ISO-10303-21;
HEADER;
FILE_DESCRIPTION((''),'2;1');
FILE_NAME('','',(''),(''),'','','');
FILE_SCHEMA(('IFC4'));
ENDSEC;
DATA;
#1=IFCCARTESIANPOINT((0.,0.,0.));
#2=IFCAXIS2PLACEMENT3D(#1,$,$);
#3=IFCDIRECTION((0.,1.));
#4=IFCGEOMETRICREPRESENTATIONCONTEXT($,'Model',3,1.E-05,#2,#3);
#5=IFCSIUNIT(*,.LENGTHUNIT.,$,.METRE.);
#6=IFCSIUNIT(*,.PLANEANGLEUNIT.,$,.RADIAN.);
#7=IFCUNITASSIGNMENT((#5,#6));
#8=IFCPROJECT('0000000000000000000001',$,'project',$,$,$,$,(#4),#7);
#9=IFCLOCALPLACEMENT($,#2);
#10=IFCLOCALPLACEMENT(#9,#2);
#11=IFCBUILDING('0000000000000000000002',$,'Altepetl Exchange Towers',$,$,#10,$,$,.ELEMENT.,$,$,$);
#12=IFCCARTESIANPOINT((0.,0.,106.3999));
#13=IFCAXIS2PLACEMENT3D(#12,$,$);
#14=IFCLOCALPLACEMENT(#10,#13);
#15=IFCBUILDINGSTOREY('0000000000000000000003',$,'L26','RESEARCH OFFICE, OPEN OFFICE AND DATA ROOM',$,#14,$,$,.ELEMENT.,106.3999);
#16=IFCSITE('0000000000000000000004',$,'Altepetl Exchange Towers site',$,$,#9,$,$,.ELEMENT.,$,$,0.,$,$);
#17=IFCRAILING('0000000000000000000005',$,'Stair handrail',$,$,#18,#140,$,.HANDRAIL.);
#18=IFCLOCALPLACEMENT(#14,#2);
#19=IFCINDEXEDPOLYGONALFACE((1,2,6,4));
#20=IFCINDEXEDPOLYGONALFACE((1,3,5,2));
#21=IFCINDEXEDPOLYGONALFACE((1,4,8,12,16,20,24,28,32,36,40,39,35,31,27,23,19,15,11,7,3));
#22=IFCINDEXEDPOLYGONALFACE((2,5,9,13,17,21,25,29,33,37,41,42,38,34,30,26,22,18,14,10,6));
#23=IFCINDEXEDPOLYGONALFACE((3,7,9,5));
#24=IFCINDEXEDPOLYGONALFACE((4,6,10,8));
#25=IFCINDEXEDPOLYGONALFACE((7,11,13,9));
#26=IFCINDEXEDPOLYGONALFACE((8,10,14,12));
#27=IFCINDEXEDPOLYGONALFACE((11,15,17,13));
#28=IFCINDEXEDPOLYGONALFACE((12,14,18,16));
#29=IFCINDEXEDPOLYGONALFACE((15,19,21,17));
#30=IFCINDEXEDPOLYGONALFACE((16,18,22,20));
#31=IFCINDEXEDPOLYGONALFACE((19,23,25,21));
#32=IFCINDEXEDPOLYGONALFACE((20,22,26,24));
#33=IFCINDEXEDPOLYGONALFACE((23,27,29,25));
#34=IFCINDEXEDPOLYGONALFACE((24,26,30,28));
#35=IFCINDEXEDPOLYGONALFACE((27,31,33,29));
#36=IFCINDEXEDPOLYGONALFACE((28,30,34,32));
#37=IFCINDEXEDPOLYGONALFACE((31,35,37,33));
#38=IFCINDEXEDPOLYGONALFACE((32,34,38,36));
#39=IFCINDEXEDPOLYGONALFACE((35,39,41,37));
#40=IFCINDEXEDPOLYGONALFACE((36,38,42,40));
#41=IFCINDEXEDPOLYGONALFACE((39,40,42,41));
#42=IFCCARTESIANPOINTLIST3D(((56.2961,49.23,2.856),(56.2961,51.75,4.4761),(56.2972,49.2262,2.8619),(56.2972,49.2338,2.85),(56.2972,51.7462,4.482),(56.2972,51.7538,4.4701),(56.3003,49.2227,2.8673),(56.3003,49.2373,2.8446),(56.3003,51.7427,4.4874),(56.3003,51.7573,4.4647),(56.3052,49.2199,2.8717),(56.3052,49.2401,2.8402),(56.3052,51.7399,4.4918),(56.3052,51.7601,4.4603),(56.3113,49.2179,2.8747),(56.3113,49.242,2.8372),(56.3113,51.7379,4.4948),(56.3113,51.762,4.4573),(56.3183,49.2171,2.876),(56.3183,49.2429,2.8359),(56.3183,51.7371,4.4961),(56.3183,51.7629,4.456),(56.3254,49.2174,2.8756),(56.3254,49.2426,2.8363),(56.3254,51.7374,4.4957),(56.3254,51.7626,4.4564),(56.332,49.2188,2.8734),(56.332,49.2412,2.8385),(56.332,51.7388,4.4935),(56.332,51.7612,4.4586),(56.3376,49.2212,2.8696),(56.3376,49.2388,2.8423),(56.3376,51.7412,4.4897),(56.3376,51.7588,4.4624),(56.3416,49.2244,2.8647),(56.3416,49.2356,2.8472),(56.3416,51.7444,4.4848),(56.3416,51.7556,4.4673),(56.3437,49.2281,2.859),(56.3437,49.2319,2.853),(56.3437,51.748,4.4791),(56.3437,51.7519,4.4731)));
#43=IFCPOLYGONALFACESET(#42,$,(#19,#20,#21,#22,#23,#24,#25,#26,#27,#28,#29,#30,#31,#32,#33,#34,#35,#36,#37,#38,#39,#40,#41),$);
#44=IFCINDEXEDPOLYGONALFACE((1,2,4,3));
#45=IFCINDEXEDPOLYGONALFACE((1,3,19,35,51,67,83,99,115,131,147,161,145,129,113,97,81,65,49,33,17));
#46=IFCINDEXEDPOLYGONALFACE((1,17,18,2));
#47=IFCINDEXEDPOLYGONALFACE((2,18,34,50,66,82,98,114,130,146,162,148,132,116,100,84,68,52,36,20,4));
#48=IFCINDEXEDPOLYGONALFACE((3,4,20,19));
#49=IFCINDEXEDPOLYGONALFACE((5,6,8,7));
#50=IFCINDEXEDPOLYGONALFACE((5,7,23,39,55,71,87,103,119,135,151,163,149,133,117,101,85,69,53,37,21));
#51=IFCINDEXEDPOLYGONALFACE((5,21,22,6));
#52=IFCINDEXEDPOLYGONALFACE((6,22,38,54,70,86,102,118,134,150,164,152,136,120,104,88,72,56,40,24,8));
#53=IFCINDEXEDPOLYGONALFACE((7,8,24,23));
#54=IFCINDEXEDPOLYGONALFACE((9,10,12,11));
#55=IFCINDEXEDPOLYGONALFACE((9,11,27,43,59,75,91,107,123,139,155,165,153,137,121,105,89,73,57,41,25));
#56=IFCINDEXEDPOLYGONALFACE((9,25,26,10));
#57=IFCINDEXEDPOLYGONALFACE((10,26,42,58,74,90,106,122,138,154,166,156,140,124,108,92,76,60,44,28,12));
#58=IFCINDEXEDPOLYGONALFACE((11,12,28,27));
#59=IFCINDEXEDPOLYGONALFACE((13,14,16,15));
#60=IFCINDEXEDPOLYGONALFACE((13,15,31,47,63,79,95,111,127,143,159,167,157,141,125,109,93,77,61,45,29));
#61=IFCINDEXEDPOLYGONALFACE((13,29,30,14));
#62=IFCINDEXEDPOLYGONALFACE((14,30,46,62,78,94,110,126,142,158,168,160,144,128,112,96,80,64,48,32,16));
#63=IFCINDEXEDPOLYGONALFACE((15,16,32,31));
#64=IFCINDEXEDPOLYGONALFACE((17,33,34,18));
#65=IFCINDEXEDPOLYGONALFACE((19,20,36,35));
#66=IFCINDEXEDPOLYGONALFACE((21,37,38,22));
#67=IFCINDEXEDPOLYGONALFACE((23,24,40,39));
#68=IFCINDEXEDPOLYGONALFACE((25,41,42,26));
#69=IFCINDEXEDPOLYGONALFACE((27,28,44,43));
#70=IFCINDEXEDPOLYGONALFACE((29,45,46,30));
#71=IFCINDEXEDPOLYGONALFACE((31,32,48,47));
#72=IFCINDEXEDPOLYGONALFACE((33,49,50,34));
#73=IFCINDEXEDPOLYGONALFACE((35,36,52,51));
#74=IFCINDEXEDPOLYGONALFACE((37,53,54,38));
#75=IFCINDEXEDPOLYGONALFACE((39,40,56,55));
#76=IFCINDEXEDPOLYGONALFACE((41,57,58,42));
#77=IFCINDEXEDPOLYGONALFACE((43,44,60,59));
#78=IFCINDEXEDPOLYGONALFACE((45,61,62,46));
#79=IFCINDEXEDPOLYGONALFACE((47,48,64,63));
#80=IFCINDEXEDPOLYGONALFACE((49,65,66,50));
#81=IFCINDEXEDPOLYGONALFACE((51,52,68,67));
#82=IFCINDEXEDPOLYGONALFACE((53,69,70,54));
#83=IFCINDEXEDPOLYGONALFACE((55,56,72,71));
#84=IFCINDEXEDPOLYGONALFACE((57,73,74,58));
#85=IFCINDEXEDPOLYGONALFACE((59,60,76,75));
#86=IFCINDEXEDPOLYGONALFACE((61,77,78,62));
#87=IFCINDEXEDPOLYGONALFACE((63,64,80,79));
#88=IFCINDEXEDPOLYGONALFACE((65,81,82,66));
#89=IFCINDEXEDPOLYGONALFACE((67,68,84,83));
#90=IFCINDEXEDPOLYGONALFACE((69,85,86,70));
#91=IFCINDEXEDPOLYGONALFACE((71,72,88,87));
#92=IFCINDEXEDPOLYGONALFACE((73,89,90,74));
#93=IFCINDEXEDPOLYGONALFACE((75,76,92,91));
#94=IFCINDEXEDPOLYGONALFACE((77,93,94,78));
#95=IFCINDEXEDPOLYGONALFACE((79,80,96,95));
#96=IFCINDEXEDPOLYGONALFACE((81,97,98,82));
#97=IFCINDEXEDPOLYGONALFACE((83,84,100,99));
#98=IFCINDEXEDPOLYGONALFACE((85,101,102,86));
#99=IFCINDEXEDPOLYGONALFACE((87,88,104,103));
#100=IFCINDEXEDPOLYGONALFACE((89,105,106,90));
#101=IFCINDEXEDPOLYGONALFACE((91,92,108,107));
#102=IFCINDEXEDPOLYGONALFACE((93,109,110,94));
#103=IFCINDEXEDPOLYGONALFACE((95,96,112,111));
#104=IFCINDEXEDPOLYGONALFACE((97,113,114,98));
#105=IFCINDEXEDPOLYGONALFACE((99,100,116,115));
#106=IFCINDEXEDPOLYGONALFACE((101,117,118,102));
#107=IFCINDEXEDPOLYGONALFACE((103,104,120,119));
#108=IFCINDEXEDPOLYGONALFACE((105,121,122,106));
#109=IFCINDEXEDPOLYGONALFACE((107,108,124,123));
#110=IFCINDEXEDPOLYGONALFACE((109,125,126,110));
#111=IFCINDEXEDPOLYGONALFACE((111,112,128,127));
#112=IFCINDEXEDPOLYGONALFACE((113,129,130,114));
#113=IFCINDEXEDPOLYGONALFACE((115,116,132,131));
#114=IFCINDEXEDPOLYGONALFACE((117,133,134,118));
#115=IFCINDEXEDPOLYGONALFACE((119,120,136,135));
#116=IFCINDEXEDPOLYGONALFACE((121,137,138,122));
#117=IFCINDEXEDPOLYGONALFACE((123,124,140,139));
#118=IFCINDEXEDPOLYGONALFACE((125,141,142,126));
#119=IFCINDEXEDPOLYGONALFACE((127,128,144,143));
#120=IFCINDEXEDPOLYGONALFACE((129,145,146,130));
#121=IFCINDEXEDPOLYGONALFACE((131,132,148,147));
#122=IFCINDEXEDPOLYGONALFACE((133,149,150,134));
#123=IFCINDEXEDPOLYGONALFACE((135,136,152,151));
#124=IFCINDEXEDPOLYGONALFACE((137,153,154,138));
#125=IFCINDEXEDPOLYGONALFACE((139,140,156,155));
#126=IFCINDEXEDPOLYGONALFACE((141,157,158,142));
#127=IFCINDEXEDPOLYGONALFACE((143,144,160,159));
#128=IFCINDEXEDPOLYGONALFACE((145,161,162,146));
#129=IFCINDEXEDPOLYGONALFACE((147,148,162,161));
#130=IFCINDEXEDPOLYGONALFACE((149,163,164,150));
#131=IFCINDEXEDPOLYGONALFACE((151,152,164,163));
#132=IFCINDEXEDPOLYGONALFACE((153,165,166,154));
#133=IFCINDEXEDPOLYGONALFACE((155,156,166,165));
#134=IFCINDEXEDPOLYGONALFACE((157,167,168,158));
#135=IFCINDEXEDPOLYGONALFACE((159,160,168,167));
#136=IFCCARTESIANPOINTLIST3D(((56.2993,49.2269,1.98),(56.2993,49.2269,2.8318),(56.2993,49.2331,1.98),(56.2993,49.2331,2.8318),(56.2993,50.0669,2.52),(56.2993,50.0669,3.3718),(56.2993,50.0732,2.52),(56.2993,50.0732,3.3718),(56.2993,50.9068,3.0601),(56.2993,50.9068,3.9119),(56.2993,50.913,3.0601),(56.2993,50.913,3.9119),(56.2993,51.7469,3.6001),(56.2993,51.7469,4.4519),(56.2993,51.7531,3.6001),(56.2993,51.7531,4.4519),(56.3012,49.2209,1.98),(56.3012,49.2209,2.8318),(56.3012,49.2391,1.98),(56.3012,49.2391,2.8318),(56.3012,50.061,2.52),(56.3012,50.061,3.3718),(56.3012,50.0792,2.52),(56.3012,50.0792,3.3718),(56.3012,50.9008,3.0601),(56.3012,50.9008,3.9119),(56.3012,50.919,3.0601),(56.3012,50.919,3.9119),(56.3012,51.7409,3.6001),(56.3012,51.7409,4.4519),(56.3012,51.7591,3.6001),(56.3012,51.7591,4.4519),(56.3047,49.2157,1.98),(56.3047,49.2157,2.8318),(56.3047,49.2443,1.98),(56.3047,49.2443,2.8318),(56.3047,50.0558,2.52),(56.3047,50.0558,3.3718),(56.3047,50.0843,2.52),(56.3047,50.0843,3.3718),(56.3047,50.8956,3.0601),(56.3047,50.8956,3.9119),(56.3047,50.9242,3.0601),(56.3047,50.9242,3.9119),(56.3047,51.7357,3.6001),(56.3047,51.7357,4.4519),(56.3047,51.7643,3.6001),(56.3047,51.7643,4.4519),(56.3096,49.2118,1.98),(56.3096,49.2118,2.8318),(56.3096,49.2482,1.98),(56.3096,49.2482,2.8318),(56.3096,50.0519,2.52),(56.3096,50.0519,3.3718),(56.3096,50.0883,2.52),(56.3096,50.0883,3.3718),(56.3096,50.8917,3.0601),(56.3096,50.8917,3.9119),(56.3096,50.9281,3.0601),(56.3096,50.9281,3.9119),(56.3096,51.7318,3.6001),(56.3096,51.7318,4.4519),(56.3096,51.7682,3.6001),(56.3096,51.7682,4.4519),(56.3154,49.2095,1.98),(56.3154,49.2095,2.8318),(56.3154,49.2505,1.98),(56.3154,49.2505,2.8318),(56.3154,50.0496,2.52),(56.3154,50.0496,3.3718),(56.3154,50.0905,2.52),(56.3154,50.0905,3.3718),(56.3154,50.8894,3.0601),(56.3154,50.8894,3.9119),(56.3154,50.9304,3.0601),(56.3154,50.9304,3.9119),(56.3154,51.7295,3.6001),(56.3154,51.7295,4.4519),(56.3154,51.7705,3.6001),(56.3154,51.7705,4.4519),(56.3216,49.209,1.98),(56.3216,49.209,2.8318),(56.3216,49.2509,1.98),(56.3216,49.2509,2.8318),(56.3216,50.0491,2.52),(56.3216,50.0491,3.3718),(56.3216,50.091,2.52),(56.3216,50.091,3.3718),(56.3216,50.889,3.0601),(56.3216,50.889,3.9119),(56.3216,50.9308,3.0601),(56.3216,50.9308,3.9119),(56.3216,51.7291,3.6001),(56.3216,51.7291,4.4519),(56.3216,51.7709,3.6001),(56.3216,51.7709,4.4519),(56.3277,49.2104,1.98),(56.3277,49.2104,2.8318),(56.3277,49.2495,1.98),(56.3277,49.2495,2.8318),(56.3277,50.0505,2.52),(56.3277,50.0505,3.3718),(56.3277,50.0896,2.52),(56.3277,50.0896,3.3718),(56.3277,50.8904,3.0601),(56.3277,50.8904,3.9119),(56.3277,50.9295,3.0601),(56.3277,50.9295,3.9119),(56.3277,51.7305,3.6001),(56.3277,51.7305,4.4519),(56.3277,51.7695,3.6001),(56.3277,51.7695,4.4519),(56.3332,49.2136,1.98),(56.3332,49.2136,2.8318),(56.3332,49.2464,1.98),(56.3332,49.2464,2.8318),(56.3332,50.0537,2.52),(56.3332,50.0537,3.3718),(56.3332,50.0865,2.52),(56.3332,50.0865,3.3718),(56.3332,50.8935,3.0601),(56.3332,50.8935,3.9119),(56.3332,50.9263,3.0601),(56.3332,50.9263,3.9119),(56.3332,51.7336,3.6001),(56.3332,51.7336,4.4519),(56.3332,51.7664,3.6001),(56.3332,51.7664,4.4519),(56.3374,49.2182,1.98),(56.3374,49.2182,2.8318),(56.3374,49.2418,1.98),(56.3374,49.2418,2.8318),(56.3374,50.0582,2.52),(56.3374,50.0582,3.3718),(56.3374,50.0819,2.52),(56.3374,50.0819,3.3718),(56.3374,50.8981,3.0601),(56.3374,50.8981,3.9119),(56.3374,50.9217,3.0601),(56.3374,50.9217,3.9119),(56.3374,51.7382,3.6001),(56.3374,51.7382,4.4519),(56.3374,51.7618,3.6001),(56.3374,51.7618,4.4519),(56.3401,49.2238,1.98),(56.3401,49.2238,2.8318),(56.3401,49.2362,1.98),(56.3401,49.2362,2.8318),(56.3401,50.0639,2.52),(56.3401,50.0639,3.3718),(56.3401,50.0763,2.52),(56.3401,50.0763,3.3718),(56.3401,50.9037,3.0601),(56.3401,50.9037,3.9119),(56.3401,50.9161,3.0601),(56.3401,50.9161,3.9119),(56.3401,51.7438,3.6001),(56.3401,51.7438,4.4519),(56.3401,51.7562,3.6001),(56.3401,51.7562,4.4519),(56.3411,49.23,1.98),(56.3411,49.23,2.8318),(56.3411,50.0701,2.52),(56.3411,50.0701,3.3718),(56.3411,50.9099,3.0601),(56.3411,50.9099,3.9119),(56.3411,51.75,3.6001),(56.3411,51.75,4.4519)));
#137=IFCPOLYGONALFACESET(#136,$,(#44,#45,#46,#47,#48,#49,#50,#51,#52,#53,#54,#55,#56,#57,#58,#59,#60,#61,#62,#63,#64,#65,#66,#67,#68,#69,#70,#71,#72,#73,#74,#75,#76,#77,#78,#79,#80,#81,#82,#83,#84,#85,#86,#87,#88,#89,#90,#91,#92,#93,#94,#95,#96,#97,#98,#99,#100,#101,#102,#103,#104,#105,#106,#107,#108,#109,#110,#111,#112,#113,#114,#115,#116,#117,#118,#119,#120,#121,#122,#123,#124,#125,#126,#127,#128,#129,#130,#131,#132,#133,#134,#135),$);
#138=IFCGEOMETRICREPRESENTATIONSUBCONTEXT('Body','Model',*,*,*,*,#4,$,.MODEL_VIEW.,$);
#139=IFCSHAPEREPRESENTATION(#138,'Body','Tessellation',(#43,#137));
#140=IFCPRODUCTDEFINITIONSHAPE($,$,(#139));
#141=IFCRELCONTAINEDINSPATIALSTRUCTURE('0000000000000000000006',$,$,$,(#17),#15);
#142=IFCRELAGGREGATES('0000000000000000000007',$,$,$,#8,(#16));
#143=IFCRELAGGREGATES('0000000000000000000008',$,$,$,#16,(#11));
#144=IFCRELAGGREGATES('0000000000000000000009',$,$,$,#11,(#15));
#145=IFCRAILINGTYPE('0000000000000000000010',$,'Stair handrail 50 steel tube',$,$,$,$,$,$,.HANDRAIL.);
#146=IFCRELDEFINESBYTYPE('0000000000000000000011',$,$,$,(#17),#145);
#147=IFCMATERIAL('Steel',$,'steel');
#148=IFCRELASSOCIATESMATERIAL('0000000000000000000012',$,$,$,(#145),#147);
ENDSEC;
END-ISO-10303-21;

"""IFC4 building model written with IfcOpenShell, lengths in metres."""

from ifc_helpers import new_model, si_unit, direction, frame, origin, origin_2d, place, context, subcontext, project, spatial, circle, extrude, source, transform, mapped, material, type_object, element, save


model = new_model("IFC4")

# Units and contexts
model_context = context("Model", 3, precision=1e-05, world=origin(), true_north=direction((0.0, 1.0)))
body_context = subcontext(model_context, "Body", "Model", "MODEL_VIEW")
ifc_project = project(units=[si_unit("LENGTHUNIT", "METRE"), si_unit("PLANEANGLEUNIT", "RADIAN")], contexts=[model_context])

# Site, building, storey
site_placement = place(None, origin())
site = spatial("IfcSite", under=ifc_project, at=site_placement, Name="Altepetl Exchange Towers site", CompositionType="ELEMENT", RefElevation=0.0)
building_placement = place(site_placement, origin())
building = spatial("IfcBuilding", under=site, at=building_placement, Name="Altepetl Exchange Towers", CompositionType="ELEMENT")
storey_placement = place(building_placement, frame((0.0, 0.0, 106.3999)))
storey = spatial("IfcBuildingStorey", under=building, at=storey_placement, Name="L26", Description="RESEARCH OFFICE, OPEN OFFICE AND DATA ROOM", CompositionType="ELEMENT", Elevation=106.3999)

# Railing
ifc_material_1 = material(Name="Steel", Category="steel")
railing_type = type_object("IfcRailingType", Name="Stair handrail 50 steel tube", PredefinedType="HANDRAIL", material=ifc_material_1)
shared_shape = source(origin(), body_context, "Body", "SweptSolid", [
    extrude(circle(Radius=0.021, at=origin_2d()), origin(), (0.0, 0.0, 1.0), 0.8518),
])
railing_placement = place(storey_placement, frame((56.3201, 49.23, 1.98)))
element("IfcRailing", 1, at=railing_placement, inside=storey, type_object=railing_type, Name="Stair handrail", PredefinedType="HANDRAIL", context=body_context, shape_type="SweptSolid", body=[
    extrude(circle(Radius=0.0239, at=origin_2d()), frame((0.0, 0.0, 0.876), z_axis=(0.0, 0.841163, 0.540782), x_axis=(-1.0, 0.0, 0.0)), (0.0, 0.0, 1.0), 2.9958),
    mapped(shared_shape, transform((0.0, 0.0, 0.0))),
    mapped(shared_shape, transform((0.0, 0.8401, 0.54))),
    mapped(shared_shape, transform((0.0, 1.6799, 1.0801))),
    mapped(shared_shape, transform((0.0, 2.52, 1.6201))),
])

save(model, "model.ifc")
